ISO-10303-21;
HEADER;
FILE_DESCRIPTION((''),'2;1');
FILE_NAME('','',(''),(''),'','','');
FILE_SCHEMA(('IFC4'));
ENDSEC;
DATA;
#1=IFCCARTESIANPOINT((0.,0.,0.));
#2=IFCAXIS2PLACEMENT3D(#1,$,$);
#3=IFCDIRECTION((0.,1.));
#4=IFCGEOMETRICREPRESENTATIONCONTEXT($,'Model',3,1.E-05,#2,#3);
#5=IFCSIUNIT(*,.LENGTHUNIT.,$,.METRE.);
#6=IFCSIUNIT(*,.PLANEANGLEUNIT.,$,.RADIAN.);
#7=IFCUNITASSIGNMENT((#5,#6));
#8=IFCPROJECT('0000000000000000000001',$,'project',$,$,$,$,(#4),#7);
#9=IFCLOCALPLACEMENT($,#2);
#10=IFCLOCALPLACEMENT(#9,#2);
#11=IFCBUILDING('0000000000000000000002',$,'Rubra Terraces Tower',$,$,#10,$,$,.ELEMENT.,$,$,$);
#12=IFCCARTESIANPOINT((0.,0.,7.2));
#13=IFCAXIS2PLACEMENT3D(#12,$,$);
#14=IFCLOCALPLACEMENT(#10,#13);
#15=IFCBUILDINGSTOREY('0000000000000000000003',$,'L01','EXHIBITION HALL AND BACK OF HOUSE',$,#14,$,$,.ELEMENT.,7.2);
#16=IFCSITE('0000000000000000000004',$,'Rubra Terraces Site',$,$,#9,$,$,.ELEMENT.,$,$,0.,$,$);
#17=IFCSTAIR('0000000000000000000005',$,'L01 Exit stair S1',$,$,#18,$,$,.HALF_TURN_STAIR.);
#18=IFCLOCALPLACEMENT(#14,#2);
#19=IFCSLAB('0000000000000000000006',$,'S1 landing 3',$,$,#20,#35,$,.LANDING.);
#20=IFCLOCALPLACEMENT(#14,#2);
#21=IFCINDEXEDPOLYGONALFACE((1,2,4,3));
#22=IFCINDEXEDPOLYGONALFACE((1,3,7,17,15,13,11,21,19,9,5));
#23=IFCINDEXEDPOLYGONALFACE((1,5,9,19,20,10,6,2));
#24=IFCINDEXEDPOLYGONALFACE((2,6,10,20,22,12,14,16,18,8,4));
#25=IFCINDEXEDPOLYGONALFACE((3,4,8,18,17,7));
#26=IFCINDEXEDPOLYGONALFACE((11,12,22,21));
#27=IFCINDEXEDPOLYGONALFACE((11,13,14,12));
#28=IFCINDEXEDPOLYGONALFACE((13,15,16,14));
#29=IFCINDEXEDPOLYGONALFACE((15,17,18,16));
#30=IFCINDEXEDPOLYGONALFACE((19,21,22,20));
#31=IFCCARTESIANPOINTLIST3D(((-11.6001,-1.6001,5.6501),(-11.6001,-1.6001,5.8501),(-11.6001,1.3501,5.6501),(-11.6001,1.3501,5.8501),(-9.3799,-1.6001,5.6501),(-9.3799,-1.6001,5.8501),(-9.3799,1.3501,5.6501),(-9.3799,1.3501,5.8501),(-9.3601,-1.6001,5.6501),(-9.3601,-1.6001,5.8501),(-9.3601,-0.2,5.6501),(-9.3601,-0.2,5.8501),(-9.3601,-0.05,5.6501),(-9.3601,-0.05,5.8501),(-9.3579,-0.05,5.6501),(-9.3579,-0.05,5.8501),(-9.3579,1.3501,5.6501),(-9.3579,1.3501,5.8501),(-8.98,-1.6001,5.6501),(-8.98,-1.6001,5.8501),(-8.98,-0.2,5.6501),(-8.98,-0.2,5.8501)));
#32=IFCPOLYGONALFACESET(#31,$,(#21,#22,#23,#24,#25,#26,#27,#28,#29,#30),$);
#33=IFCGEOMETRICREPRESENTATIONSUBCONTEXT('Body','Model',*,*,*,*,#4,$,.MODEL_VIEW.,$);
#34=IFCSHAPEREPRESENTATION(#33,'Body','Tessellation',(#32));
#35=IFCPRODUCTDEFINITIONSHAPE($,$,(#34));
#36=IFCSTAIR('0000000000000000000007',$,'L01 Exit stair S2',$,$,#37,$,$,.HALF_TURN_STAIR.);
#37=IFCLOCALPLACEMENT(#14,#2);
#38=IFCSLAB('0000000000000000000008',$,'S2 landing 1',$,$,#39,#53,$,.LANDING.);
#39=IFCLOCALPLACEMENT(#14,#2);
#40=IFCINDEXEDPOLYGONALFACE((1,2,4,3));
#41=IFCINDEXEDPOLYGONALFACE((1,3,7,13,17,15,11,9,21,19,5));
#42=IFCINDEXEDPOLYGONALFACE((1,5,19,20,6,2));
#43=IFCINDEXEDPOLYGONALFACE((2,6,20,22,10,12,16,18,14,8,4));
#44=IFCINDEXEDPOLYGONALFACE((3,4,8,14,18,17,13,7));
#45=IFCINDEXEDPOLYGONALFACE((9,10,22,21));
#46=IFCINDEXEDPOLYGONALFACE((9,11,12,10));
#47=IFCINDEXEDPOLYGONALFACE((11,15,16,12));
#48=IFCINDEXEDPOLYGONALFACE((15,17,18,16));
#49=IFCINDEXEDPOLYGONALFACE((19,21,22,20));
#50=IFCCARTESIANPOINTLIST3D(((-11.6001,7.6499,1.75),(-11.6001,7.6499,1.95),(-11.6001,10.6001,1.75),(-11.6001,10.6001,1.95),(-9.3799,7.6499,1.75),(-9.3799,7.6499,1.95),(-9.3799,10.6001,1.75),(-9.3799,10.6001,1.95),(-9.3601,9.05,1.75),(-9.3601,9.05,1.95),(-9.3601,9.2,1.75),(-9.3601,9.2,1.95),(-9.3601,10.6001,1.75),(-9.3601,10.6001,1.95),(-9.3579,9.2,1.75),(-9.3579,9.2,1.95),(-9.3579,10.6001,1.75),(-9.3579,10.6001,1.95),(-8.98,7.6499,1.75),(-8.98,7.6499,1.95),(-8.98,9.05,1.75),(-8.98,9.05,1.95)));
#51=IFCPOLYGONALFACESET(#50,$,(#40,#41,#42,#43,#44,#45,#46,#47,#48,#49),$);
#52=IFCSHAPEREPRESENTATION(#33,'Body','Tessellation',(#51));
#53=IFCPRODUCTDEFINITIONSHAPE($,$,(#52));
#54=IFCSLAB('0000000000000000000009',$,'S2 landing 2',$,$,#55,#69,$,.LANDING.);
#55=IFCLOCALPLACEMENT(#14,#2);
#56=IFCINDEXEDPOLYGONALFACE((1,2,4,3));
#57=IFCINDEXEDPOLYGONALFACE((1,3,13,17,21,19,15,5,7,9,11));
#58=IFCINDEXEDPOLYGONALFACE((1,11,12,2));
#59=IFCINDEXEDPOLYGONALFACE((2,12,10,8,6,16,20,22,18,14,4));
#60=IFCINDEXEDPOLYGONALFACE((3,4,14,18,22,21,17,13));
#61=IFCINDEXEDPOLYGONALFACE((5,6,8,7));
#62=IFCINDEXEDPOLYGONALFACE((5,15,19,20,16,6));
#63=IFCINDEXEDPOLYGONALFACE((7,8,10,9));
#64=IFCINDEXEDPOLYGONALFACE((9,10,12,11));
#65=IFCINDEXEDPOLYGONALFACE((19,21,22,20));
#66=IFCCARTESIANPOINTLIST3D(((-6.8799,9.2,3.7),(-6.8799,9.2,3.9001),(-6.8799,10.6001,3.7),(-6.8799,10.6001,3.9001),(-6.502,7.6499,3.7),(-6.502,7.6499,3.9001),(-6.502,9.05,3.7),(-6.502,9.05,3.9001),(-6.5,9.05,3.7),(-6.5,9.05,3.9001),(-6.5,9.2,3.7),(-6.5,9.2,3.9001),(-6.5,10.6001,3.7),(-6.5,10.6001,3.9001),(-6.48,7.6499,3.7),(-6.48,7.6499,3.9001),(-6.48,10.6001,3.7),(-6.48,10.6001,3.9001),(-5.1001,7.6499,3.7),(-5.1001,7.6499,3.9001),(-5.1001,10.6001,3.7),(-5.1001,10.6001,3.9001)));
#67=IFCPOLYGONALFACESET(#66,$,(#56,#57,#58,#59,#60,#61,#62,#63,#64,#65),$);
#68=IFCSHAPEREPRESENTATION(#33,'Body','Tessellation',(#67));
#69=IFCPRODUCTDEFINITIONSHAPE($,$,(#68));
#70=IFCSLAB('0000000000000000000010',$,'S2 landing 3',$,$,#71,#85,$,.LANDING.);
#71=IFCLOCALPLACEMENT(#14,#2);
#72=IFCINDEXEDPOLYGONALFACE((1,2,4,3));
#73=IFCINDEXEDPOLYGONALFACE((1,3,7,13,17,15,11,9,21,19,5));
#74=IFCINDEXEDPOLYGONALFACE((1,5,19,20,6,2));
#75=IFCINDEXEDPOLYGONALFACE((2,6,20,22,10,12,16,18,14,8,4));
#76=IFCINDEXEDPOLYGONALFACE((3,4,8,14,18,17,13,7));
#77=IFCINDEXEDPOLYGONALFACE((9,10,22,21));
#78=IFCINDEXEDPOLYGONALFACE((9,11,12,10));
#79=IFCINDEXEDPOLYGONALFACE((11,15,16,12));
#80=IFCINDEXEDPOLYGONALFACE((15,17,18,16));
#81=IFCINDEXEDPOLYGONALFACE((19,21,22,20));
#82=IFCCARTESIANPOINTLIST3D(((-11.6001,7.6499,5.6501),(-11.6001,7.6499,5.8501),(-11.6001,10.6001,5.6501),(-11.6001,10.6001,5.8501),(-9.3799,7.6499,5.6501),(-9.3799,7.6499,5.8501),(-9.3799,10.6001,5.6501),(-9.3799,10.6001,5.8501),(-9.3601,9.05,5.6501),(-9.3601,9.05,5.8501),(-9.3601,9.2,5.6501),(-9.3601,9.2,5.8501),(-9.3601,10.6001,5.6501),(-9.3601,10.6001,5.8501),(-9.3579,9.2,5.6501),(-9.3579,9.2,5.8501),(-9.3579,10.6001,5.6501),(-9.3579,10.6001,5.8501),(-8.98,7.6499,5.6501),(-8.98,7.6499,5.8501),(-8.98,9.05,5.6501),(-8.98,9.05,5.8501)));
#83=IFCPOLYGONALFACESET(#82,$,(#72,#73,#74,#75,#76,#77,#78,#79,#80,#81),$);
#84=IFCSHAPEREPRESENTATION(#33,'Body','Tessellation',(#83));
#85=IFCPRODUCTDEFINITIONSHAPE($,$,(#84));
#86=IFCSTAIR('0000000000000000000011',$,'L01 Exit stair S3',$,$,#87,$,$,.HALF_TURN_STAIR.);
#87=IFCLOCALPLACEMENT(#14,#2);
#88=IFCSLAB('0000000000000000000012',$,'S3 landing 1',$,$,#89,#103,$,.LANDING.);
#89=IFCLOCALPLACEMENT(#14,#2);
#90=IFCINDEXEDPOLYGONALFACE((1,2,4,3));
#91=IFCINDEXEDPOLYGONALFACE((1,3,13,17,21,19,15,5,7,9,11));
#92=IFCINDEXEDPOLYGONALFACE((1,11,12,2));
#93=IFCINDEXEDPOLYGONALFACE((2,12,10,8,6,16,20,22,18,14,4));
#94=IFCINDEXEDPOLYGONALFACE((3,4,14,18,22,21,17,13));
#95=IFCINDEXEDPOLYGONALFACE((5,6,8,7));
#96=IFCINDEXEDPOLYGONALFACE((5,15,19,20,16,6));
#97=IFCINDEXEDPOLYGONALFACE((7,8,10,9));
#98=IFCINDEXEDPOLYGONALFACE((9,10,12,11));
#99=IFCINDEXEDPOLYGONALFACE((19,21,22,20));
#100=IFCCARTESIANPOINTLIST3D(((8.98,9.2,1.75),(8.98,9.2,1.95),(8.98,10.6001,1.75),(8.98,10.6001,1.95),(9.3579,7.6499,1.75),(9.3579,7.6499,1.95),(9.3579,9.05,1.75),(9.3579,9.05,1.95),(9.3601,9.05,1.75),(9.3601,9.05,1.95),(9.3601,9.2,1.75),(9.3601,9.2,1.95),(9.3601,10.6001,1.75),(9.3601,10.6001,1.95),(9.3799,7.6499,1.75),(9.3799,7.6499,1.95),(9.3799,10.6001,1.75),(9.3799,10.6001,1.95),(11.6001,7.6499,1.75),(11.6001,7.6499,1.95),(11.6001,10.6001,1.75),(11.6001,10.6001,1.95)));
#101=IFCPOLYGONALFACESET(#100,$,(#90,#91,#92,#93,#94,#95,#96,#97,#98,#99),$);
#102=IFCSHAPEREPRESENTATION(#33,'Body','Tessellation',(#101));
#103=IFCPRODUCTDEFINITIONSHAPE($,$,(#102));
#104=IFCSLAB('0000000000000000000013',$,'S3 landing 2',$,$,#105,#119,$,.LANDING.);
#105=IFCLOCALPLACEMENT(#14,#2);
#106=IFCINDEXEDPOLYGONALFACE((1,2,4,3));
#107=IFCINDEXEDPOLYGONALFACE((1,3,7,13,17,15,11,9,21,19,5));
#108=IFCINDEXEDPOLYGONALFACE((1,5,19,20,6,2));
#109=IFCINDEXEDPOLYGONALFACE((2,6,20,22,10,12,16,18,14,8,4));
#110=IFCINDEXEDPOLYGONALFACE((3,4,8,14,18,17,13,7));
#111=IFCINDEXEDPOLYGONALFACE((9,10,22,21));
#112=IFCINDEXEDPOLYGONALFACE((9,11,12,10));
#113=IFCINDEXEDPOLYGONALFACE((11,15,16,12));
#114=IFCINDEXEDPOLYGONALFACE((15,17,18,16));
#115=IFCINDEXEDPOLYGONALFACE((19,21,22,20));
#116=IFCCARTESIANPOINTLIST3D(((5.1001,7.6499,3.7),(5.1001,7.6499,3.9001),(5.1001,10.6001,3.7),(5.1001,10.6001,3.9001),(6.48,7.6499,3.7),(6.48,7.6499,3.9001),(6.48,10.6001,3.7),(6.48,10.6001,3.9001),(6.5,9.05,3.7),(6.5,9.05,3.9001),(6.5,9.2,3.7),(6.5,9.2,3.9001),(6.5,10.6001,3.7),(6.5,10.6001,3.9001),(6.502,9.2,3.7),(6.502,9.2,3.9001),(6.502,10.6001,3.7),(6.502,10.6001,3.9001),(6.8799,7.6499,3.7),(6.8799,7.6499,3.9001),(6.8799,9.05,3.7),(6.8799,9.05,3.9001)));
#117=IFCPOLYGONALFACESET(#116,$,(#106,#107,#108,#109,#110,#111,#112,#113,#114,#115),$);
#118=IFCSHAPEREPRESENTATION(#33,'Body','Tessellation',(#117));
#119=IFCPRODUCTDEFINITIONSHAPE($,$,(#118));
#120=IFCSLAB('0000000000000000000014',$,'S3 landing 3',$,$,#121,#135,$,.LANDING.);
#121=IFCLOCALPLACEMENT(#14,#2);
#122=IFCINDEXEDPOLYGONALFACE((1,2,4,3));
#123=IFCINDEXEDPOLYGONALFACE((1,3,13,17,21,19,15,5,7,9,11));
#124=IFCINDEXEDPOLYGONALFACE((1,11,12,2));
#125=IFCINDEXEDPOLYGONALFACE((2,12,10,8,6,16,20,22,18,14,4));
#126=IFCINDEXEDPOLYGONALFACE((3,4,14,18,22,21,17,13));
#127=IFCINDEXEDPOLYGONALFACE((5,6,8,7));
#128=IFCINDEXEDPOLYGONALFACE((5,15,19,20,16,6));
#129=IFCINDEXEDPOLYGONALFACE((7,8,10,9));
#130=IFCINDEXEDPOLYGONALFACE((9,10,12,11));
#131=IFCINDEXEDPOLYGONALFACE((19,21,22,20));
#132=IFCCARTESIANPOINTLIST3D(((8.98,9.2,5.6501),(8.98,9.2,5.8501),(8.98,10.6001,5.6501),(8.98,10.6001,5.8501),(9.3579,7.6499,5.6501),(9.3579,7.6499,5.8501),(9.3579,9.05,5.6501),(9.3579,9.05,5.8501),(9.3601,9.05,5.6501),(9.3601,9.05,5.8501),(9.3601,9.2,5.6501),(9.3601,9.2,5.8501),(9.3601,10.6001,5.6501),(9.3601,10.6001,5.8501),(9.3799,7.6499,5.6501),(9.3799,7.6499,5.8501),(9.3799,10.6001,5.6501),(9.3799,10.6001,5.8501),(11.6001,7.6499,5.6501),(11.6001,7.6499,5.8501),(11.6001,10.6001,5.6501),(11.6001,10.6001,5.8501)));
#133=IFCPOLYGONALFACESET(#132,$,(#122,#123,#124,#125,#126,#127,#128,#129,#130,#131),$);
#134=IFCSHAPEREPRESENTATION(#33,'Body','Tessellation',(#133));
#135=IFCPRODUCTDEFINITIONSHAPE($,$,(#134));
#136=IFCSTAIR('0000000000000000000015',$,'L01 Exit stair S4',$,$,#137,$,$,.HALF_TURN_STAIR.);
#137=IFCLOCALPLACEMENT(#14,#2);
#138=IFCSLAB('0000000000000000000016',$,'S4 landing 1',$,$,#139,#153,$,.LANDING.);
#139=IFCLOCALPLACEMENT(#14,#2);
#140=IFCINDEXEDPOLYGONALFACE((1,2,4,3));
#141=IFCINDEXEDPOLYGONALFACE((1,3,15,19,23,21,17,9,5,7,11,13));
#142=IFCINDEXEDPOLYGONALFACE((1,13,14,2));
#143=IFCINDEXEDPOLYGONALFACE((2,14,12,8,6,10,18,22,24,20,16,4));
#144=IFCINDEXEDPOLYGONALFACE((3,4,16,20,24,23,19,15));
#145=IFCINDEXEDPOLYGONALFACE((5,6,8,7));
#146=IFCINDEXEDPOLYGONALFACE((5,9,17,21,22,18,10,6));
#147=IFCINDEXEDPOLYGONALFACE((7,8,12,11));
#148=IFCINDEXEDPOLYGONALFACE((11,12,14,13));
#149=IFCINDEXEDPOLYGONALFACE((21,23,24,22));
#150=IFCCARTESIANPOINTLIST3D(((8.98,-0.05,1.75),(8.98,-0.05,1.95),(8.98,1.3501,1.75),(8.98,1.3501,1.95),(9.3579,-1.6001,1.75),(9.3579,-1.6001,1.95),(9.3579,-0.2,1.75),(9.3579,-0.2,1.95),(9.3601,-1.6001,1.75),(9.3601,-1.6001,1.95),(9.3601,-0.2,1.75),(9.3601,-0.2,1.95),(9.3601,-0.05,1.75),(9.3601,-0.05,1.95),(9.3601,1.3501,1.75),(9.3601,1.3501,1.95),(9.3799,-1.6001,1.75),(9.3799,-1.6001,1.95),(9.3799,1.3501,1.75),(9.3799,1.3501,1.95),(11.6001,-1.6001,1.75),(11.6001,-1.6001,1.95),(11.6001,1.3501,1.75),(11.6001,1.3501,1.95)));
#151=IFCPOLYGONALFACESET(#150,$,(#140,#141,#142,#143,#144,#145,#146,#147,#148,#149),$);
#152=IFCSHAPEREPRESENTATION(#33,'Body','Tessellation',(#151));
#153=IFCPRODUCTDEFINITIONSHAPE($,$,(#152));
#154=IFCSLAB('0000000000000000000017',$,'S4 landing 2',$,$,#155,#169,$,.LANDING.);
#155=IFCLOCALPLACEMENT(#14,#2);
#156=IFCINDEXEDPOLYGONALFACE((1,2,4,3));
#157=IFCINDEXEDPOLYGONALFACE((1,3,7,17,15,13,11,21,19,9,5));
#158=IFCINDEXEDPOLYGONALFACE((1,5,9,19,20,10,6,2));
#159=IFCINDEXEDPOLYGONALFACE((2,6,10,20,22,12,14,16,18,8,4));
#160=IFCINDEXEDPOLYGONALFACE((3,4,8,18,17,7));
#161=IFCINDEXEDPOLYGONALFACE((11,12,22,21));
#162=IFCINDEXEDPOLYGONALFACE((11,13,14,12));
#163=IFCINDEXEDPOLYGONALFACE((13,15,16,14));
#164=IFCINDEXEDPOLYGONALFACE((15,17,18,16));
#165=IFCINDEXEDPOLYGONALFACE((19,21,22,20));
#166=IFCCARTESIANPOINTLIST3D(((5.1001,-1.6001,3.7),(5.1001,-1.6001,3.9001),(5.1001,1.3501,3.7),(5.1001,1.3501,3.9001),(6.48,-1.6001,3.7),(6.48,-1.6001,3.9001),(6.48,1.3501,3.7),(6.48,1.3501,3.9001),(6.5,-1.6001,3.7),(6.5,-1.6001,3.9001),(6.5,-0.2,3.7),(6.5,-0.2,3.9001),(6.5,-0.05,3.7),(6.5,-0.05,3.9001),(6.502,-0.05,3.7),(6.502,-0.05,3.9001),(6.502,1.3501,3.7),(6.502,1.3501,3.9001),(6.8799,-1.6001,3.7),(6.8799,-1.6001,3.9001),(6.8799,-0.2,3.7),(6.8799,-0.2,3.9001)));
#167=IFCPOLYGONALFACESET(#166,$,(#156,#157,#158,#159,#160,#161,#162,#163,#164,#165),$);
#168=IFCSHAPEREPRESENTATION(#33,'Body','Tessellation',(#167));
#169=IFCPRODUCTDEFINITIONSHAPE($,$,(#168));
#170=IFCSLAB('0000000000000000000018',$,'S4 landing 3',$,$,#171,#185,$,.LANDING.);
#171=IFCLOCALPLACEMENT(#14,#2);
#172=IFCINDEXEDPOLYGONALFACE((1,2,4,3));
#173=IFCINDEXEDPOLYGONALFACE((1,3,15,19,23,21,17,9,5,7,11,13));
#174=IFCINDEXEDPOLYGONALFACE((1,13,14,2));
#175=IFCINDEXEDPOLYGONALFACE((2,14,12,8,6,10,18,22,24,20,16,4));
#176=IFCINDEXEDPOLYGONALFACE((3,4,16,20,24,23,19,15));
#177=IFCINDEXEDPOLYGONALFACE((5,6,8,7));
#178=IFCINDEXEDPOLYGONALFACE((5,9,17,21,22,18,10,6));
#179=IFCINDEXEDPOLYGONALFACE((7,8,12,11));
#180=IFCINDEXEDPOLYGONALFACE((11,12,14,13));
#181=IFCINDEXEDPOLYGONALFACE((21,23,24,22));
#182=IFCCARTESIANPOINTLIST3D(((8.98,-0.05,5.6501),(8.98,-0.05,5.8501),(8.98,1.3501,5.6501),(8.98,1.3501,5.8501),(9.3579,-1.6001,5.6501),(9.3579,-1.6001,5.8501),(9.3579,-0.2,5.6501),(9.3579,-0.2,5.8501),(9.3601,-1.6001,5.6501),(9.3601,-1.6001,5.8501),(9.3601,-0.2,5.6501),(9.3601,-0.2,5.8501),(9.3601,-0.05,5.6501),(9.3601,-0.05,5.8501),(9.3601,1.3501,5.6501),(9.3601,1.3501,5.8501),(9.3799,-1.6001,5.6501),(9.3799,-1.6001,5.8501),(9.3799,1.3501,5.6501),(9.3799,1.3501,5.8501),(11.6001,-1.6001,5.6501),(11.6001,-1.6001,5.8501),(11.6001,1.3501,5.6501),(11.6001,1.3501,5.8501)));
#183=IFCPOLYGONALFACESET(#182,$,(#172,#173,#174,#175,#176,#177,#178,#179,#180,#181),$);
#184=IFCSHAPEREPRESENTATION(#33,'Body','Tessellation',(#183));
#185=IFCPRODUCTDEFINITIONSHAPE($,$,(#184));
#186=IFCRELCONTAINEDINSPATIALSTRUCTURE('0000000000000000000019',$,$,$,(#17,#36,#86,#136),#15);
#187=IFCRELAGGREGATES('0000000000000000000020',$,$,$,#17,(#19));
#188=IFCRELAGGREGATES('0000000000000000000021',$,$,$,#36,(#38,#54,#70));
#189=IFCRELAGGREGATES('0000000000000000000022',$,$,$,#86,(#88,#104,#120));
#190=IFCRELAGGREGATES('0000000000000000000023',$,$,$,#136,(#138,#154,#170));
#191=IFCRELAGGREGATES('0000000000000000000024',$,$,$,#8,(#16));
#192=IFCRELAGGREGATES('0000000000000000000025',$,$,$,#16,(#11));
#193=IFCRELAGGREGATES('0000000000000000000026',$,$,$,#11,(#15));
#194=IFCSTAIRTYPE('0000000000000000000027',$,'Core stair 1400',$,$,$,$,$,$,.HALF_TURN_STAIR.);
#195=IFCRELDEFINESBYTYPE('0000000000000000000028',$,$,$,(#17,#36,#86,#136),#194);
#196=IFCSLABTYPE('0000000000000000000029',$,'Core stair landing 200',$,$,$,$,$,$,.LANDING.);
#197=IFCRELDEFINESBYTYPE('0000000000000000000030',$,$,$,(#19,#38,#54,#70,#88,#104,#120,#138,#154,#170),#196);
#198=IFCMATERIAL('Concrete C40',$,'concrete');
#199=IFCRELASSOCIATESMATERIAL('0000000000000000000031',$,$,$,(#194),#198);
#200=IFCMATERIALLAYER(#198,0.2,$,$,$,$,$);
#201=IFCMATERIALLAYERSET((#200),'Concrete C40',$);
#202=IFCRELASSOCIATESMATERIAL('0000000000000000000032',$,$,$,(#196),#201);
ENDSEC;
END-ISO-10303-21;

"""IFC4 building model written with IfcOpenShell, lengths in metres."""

from ifc_helpers import new_model, si_unit, direction, frame, origin, place, context, subcontext, project, spatial, polyline, outline, extrude, material, layer, layer_set, type_object, element, aggregate, save


model = new_model("IFC4")

# Units and contexts
model_context = context("Model", 3, precision=1e-05, world=origin(), true_north=direction((0.0, 1.0)))
body_context = subcontext(model_context, "Body", "Model", "MODEL_VIEW")
ifc_project = project(units=[si_unit("LENGTHUNIT", "METRE"), si_unit("PLANEANGLEUNIT", "RADIAN")], contexts=[model_context])

# Site, building, storey
site_placement = place(None, origin())
site = spatial("IfcSite", under=ifc_project, at=site_placement, Name="Rubra Terraces Site", CompositionType="ELEMENT", RefElevation=0.0)
building_placement = place(site_placement, origin())
building = spatial("IfcBuilding", under=site, at=building_placement, Name="Rubra Terraces Tower", CompositionType="ELEMENT")
storey_placement = place(building_placement, frame((0.0, 0.0, 7.2)))
storey = spatial("IfcBuildingStorey", under=building, at=storey_placement, Name="L01", Description="EXHIBITION HALL AND BACK OF HOUSE", CompositionType="ELEMENT", Elevation=7.2)

# Stair, slab
ifc_material_1 = material(Name="Concrete C40", Category="concrete")
stair_type_1 = type_object("IfcStairType", Name="Core stair 1400", PredefinedType="HALF_TURN_STAIR", material=ifc_material_1)
stair_1_placement = place(storey_placement, origin())
stair_1 = element("IfcStair", 1, at=stair_1_placement, inside=storey, type_object=stair_type_1, Name="L01 Exit stair S1", PredefinedType="HALF_TURN_STAIR")
ifc_layer_1 = layer(ifc_material_1, 0.2)
ifc_layer_set_1 = layer_set([ifc_layer_1], Name="Concrete C40")
slab_type_1 = type_object("IfcSlabType", Name="Core stair landing 200", PredefinedType="LANDING", material=ifc_layer_set_1)
slab_1_placement = place(storey_placement, frame((0.0, 0.0, 5.6501)))
slab_1 = element("IfcSlab", 2, at=slab_1_placement, type_object=slab_type_1, Name="S1 landing 3", PredefinedType="LANDING", context=body_context, shape_type="SweptSolid", body=[
    extrude(outline(polyline([(-8.98, -0.2), (-8.98, -1.6001), (-9.3601, -1.6001), (-9.3799, -1.6001), (-11.6001, -1.6001), (-11.6001, 1.3501), (-9.3799, 1.3501), (-9.3579, 1.3501), (-9.3579, -0.05), (-9.3601, -0.05), (-9.3601, -0.2), (-8.98, -0.2)])), origin(), (0.0, 0.0, 1.0), 0.2),
])
aggregate(stair_1, [slab_1])

# Stairs, slabs
stair_2_placement = place(storey_placement, origin())
stair_2 = element("IfcStair", 3, at=stair_2_placement, inside=storey, type_object=stair_type_1, Name="L01 Exit stair S2", PredefinedType="HALF_TURN_STAIR")
slab_2_placement = place(storey_placement, frame((0.0, 0.0, 1.75)))
slab_2 = element("IfcSlab", 4, at=slab_2_placement, type_object=slab_type_1, Name="S2 landing 1", PredefinedType="LANDING", context=body_context, shape_type="SweptSolid", body=[
    extrude(outline(polyline([(-8.98, 9.05), (-8.98, 7.6499), (-9.3799, 7.6499), (-11.6001, 7.6499), (-11.6001, 10.6001), (-9.3799, 10.6001), (-9.3601, 10.6001), (-9.3579, 10.6001), (-9.3579, 9.2), (-9.3601, 9.2), (-9.3601, 9.05), (-8.98, 9.05)])), origin(), (0.0, 0.0, 1.0), 0.2),
])
slab_3_placement = place(storey_placement, frame((0.0, 0.0, 3.7)))
slab_3 = element("IfcSlab", 5, at=slab_3_placement, type_object=slab_type_1, Name="S2 landing 2", PredefinedType="LANDING", context=body_context, shape_type="SweptSolid", body=[
    extrude(outline(polyline([(-6.5, 9.05), (-6.5, 9.2), (-6.8799, 9.2), (-6.8799, 10.6001), (-6.5, 10.6001), (-6.48, 10.6001), (-5.1001, 10.6001), (-5.1001, 7.6499), (-6.48, 7.6499), (-6.502, 7.6499), (-6.502, 9.05), (-6.5, 9.05)])), origin(), (0.0, 0.0, 1.0), 0.2002),
])
slab_4_placement = place(storey_placement, frame((0.0, 0.0, 5.6501)))
slab_4 = element("IfcSlab", 6, at=slab_4_placement, type_object=slab_type_1, Name="S2 landing 3", PredefinedType="LANDING", context=body_context, shape_type="SweptSolid", body=[
    extrude(outline(polyline([(-8.98, 9.05), (-8.98, 7.6499), (-9.3799, 7.6499), (-11.6001, 7.6499), (-11.6001, 10.6001), (-9.3799, 10.6001), (-9.3601, 10.6001), (-9.3579, 10.6001), (-9.3579, 9.2), (-9.3601, 9.2), (-9.3601, 9.05), (-8.98, 9.05)])), origin(), (0.0, 0.0, 1.0), 0.2),
])
aggregate(stair_2, [slab_2, slab_3, slab_4])
stair_3_placement = place(storey_placement, origin())
stair_3 = element("IfcStair", 7, at=stair_3_placement, inside=storey, type_object=stair_type_1, Name="L01 Exit stair S3", PredefinedType="HALF_TURN_STAIR")
slab_5_placement = place(storey_placement, frame((0.0, 0.0, 1.75)))
slab_5 = element("IfcSlab", 8, at=slab_5_placement, type_object=slab_type_1, Name="S3 landing 1", PredefinedType="LANDING", context=body_context, shape_type="SweptSolid", body=[
    extrude(outline(polyline([(9.3601, 9.05), (9.3601, 9.2), (8.98, 9.2), (8.98, 10.6001), (9.3601, 10.6001), (9.3799, 10.6001), (11.6001, 10.6001), (11.6001, 7.6499), (9.3799, 7.6499), (9.3579, 7.6499), (9.3579, 9.05), (9.3601, 9.05)])), origin(), (0.0, 0.0, 1.0), 0.2),
])
slab_6_placement = place(storey_placement, frame((0.0, 0.0, 3.7)))
slab_6 = element("IfcSlab", 9, at=slab_6_placement, type_object=slab_type_1, Name="S3 landing 2", PredefinedType="LANDING", context=body_context, shape_type="SweptSolid", body=[
    extrude(outline(polyline([(6.8799, 9.05), (6.8799, 7.6499), (6.48, 7.6499), (5.1001, 7.6499), (5.1001, 10.6001), (6.48, 10.6001), (6.5, 10.6001), (6.502, 10.6001), (6.502, 9.2), (6.5, 9.2), (6.5, 9.05), (6.8799, 9.05)])), origin(), (0.0, 0.0, 1.0), 0.2002),
])
slab_7_placement = place(storey_placement, frame((0.0, 0.0, 5.6501)))
slab_7 = element("IfcSlab", 10, at=slab_7_placement, type_object=slab_type_1, Name="S3 landing 3", PredefinedType="LANDING", context=body_context, shape_type="SweptSolid", body=[
    extrude(outline(polyline([(9.3601, 9.05), (9.3601, 9.2), (8.98, 9.2), (8.98, 10.6001), (9.3601, 10.6001), (9.3799, 10.6001), (11.6001, 10.6001), (11.6001, 7.6499), (9.3799, 7.6499), (9.3579, 7.6499), (9.3579, 9.05), (9.3601, 9.05)])), origin(), (0.0, 0.0, 1.0), 0.2),
])
aggregate(stair_3, [slab_5, slab_6, slab_7])
stair_4_placement = place(storey_placement, origin())
stair_4 = element("IfcStair", 11, at=stair_4_placement, inside=storey, type_object=stair_type_1, Name="L01 Exit stair S4", PredefinedType="HALF_TURN_STAIR")
slab_8_placement = place(storey_placement, frame((0.0, 0.0, 1.75)))
slab_8 = element("IfcSlab", 12, at=slab_8_placement, type_object=slab_type_1, Name="S4 landing 1", PredefinedType="LANDING", context=body_context, shape_type="SweptSolid", body=[
    extrude(outline(polyline([(9.3601, -0.2), (9.3601, -0.05), (8.98, -0.05), (8.98, 1.3501), (9.3601, 1.3501), (9.3799, 1.3501), (11.6001, 1.3501), (11.6001, -1.6001), (9.3799, -1.6001), (9.3601, -1.6001), (9.3579, -1.6001), (9.3579, -0.2), (9.3601, -0.2)])), origin(), (0.0, 0.0, 1.0), 0.2),
])
slab_9_placement = place(storey_placement, frame((0.0, 0.0, 3.7)))
slab_9 = element("IfcSlab", 13, at=slab_9_placement, type_object=slab_type_1, Name="S4 landing 2", PredefinedType="LANDING", context=body_context, shape_type="SweptSolid", body=[
    extrude(outline(polyline([(6.8799, -0.2), (6.8799, -1.6001), (6.5, -1.6001), (6.48, -1.6001), (5.1001, -1.6001), (5.1001, 1.3501), (6.48, 1.3501), (6.502, 1.3501), (6.502, -0.05), (6.5, -0.05), (6.5, -0.2), (6.8799, -0.2)])), origin(), (0.0, 0.0, 1.0), 0.2002),
])
slab_10_placement = place(storey_placement, frame((0.0, 0.0, 5.6501)))
slab_10 = element("IfcSlab", 14, at=slab_10_placement, type_object=slab_type_1, Name="S4 landing 3", PredefinedType="LANDING", context=body_context, shape_type="SweptSolid", body=[
    extrude(outline(polyline([(9.3601, -0.2), (9.3601, -0.05), (8.98, -0.05), (8.98, 1.3501), (9.3601, 1.3501), (9.3799, 1.3501), (11.6001, 1.3501), (11.6001, -1.6001), (9.3799, -1.6001), (9.3601, -1.6001), (9.3579, -1.6001), (9.3579, -0.2), (9.3601, -0.2)])), origin(), (0.0, 0.0, 1.0), 0.2),
])
aggregate(stair_4, [slab_8, slab_9, slab_10])

save(model, "model.ifc")
